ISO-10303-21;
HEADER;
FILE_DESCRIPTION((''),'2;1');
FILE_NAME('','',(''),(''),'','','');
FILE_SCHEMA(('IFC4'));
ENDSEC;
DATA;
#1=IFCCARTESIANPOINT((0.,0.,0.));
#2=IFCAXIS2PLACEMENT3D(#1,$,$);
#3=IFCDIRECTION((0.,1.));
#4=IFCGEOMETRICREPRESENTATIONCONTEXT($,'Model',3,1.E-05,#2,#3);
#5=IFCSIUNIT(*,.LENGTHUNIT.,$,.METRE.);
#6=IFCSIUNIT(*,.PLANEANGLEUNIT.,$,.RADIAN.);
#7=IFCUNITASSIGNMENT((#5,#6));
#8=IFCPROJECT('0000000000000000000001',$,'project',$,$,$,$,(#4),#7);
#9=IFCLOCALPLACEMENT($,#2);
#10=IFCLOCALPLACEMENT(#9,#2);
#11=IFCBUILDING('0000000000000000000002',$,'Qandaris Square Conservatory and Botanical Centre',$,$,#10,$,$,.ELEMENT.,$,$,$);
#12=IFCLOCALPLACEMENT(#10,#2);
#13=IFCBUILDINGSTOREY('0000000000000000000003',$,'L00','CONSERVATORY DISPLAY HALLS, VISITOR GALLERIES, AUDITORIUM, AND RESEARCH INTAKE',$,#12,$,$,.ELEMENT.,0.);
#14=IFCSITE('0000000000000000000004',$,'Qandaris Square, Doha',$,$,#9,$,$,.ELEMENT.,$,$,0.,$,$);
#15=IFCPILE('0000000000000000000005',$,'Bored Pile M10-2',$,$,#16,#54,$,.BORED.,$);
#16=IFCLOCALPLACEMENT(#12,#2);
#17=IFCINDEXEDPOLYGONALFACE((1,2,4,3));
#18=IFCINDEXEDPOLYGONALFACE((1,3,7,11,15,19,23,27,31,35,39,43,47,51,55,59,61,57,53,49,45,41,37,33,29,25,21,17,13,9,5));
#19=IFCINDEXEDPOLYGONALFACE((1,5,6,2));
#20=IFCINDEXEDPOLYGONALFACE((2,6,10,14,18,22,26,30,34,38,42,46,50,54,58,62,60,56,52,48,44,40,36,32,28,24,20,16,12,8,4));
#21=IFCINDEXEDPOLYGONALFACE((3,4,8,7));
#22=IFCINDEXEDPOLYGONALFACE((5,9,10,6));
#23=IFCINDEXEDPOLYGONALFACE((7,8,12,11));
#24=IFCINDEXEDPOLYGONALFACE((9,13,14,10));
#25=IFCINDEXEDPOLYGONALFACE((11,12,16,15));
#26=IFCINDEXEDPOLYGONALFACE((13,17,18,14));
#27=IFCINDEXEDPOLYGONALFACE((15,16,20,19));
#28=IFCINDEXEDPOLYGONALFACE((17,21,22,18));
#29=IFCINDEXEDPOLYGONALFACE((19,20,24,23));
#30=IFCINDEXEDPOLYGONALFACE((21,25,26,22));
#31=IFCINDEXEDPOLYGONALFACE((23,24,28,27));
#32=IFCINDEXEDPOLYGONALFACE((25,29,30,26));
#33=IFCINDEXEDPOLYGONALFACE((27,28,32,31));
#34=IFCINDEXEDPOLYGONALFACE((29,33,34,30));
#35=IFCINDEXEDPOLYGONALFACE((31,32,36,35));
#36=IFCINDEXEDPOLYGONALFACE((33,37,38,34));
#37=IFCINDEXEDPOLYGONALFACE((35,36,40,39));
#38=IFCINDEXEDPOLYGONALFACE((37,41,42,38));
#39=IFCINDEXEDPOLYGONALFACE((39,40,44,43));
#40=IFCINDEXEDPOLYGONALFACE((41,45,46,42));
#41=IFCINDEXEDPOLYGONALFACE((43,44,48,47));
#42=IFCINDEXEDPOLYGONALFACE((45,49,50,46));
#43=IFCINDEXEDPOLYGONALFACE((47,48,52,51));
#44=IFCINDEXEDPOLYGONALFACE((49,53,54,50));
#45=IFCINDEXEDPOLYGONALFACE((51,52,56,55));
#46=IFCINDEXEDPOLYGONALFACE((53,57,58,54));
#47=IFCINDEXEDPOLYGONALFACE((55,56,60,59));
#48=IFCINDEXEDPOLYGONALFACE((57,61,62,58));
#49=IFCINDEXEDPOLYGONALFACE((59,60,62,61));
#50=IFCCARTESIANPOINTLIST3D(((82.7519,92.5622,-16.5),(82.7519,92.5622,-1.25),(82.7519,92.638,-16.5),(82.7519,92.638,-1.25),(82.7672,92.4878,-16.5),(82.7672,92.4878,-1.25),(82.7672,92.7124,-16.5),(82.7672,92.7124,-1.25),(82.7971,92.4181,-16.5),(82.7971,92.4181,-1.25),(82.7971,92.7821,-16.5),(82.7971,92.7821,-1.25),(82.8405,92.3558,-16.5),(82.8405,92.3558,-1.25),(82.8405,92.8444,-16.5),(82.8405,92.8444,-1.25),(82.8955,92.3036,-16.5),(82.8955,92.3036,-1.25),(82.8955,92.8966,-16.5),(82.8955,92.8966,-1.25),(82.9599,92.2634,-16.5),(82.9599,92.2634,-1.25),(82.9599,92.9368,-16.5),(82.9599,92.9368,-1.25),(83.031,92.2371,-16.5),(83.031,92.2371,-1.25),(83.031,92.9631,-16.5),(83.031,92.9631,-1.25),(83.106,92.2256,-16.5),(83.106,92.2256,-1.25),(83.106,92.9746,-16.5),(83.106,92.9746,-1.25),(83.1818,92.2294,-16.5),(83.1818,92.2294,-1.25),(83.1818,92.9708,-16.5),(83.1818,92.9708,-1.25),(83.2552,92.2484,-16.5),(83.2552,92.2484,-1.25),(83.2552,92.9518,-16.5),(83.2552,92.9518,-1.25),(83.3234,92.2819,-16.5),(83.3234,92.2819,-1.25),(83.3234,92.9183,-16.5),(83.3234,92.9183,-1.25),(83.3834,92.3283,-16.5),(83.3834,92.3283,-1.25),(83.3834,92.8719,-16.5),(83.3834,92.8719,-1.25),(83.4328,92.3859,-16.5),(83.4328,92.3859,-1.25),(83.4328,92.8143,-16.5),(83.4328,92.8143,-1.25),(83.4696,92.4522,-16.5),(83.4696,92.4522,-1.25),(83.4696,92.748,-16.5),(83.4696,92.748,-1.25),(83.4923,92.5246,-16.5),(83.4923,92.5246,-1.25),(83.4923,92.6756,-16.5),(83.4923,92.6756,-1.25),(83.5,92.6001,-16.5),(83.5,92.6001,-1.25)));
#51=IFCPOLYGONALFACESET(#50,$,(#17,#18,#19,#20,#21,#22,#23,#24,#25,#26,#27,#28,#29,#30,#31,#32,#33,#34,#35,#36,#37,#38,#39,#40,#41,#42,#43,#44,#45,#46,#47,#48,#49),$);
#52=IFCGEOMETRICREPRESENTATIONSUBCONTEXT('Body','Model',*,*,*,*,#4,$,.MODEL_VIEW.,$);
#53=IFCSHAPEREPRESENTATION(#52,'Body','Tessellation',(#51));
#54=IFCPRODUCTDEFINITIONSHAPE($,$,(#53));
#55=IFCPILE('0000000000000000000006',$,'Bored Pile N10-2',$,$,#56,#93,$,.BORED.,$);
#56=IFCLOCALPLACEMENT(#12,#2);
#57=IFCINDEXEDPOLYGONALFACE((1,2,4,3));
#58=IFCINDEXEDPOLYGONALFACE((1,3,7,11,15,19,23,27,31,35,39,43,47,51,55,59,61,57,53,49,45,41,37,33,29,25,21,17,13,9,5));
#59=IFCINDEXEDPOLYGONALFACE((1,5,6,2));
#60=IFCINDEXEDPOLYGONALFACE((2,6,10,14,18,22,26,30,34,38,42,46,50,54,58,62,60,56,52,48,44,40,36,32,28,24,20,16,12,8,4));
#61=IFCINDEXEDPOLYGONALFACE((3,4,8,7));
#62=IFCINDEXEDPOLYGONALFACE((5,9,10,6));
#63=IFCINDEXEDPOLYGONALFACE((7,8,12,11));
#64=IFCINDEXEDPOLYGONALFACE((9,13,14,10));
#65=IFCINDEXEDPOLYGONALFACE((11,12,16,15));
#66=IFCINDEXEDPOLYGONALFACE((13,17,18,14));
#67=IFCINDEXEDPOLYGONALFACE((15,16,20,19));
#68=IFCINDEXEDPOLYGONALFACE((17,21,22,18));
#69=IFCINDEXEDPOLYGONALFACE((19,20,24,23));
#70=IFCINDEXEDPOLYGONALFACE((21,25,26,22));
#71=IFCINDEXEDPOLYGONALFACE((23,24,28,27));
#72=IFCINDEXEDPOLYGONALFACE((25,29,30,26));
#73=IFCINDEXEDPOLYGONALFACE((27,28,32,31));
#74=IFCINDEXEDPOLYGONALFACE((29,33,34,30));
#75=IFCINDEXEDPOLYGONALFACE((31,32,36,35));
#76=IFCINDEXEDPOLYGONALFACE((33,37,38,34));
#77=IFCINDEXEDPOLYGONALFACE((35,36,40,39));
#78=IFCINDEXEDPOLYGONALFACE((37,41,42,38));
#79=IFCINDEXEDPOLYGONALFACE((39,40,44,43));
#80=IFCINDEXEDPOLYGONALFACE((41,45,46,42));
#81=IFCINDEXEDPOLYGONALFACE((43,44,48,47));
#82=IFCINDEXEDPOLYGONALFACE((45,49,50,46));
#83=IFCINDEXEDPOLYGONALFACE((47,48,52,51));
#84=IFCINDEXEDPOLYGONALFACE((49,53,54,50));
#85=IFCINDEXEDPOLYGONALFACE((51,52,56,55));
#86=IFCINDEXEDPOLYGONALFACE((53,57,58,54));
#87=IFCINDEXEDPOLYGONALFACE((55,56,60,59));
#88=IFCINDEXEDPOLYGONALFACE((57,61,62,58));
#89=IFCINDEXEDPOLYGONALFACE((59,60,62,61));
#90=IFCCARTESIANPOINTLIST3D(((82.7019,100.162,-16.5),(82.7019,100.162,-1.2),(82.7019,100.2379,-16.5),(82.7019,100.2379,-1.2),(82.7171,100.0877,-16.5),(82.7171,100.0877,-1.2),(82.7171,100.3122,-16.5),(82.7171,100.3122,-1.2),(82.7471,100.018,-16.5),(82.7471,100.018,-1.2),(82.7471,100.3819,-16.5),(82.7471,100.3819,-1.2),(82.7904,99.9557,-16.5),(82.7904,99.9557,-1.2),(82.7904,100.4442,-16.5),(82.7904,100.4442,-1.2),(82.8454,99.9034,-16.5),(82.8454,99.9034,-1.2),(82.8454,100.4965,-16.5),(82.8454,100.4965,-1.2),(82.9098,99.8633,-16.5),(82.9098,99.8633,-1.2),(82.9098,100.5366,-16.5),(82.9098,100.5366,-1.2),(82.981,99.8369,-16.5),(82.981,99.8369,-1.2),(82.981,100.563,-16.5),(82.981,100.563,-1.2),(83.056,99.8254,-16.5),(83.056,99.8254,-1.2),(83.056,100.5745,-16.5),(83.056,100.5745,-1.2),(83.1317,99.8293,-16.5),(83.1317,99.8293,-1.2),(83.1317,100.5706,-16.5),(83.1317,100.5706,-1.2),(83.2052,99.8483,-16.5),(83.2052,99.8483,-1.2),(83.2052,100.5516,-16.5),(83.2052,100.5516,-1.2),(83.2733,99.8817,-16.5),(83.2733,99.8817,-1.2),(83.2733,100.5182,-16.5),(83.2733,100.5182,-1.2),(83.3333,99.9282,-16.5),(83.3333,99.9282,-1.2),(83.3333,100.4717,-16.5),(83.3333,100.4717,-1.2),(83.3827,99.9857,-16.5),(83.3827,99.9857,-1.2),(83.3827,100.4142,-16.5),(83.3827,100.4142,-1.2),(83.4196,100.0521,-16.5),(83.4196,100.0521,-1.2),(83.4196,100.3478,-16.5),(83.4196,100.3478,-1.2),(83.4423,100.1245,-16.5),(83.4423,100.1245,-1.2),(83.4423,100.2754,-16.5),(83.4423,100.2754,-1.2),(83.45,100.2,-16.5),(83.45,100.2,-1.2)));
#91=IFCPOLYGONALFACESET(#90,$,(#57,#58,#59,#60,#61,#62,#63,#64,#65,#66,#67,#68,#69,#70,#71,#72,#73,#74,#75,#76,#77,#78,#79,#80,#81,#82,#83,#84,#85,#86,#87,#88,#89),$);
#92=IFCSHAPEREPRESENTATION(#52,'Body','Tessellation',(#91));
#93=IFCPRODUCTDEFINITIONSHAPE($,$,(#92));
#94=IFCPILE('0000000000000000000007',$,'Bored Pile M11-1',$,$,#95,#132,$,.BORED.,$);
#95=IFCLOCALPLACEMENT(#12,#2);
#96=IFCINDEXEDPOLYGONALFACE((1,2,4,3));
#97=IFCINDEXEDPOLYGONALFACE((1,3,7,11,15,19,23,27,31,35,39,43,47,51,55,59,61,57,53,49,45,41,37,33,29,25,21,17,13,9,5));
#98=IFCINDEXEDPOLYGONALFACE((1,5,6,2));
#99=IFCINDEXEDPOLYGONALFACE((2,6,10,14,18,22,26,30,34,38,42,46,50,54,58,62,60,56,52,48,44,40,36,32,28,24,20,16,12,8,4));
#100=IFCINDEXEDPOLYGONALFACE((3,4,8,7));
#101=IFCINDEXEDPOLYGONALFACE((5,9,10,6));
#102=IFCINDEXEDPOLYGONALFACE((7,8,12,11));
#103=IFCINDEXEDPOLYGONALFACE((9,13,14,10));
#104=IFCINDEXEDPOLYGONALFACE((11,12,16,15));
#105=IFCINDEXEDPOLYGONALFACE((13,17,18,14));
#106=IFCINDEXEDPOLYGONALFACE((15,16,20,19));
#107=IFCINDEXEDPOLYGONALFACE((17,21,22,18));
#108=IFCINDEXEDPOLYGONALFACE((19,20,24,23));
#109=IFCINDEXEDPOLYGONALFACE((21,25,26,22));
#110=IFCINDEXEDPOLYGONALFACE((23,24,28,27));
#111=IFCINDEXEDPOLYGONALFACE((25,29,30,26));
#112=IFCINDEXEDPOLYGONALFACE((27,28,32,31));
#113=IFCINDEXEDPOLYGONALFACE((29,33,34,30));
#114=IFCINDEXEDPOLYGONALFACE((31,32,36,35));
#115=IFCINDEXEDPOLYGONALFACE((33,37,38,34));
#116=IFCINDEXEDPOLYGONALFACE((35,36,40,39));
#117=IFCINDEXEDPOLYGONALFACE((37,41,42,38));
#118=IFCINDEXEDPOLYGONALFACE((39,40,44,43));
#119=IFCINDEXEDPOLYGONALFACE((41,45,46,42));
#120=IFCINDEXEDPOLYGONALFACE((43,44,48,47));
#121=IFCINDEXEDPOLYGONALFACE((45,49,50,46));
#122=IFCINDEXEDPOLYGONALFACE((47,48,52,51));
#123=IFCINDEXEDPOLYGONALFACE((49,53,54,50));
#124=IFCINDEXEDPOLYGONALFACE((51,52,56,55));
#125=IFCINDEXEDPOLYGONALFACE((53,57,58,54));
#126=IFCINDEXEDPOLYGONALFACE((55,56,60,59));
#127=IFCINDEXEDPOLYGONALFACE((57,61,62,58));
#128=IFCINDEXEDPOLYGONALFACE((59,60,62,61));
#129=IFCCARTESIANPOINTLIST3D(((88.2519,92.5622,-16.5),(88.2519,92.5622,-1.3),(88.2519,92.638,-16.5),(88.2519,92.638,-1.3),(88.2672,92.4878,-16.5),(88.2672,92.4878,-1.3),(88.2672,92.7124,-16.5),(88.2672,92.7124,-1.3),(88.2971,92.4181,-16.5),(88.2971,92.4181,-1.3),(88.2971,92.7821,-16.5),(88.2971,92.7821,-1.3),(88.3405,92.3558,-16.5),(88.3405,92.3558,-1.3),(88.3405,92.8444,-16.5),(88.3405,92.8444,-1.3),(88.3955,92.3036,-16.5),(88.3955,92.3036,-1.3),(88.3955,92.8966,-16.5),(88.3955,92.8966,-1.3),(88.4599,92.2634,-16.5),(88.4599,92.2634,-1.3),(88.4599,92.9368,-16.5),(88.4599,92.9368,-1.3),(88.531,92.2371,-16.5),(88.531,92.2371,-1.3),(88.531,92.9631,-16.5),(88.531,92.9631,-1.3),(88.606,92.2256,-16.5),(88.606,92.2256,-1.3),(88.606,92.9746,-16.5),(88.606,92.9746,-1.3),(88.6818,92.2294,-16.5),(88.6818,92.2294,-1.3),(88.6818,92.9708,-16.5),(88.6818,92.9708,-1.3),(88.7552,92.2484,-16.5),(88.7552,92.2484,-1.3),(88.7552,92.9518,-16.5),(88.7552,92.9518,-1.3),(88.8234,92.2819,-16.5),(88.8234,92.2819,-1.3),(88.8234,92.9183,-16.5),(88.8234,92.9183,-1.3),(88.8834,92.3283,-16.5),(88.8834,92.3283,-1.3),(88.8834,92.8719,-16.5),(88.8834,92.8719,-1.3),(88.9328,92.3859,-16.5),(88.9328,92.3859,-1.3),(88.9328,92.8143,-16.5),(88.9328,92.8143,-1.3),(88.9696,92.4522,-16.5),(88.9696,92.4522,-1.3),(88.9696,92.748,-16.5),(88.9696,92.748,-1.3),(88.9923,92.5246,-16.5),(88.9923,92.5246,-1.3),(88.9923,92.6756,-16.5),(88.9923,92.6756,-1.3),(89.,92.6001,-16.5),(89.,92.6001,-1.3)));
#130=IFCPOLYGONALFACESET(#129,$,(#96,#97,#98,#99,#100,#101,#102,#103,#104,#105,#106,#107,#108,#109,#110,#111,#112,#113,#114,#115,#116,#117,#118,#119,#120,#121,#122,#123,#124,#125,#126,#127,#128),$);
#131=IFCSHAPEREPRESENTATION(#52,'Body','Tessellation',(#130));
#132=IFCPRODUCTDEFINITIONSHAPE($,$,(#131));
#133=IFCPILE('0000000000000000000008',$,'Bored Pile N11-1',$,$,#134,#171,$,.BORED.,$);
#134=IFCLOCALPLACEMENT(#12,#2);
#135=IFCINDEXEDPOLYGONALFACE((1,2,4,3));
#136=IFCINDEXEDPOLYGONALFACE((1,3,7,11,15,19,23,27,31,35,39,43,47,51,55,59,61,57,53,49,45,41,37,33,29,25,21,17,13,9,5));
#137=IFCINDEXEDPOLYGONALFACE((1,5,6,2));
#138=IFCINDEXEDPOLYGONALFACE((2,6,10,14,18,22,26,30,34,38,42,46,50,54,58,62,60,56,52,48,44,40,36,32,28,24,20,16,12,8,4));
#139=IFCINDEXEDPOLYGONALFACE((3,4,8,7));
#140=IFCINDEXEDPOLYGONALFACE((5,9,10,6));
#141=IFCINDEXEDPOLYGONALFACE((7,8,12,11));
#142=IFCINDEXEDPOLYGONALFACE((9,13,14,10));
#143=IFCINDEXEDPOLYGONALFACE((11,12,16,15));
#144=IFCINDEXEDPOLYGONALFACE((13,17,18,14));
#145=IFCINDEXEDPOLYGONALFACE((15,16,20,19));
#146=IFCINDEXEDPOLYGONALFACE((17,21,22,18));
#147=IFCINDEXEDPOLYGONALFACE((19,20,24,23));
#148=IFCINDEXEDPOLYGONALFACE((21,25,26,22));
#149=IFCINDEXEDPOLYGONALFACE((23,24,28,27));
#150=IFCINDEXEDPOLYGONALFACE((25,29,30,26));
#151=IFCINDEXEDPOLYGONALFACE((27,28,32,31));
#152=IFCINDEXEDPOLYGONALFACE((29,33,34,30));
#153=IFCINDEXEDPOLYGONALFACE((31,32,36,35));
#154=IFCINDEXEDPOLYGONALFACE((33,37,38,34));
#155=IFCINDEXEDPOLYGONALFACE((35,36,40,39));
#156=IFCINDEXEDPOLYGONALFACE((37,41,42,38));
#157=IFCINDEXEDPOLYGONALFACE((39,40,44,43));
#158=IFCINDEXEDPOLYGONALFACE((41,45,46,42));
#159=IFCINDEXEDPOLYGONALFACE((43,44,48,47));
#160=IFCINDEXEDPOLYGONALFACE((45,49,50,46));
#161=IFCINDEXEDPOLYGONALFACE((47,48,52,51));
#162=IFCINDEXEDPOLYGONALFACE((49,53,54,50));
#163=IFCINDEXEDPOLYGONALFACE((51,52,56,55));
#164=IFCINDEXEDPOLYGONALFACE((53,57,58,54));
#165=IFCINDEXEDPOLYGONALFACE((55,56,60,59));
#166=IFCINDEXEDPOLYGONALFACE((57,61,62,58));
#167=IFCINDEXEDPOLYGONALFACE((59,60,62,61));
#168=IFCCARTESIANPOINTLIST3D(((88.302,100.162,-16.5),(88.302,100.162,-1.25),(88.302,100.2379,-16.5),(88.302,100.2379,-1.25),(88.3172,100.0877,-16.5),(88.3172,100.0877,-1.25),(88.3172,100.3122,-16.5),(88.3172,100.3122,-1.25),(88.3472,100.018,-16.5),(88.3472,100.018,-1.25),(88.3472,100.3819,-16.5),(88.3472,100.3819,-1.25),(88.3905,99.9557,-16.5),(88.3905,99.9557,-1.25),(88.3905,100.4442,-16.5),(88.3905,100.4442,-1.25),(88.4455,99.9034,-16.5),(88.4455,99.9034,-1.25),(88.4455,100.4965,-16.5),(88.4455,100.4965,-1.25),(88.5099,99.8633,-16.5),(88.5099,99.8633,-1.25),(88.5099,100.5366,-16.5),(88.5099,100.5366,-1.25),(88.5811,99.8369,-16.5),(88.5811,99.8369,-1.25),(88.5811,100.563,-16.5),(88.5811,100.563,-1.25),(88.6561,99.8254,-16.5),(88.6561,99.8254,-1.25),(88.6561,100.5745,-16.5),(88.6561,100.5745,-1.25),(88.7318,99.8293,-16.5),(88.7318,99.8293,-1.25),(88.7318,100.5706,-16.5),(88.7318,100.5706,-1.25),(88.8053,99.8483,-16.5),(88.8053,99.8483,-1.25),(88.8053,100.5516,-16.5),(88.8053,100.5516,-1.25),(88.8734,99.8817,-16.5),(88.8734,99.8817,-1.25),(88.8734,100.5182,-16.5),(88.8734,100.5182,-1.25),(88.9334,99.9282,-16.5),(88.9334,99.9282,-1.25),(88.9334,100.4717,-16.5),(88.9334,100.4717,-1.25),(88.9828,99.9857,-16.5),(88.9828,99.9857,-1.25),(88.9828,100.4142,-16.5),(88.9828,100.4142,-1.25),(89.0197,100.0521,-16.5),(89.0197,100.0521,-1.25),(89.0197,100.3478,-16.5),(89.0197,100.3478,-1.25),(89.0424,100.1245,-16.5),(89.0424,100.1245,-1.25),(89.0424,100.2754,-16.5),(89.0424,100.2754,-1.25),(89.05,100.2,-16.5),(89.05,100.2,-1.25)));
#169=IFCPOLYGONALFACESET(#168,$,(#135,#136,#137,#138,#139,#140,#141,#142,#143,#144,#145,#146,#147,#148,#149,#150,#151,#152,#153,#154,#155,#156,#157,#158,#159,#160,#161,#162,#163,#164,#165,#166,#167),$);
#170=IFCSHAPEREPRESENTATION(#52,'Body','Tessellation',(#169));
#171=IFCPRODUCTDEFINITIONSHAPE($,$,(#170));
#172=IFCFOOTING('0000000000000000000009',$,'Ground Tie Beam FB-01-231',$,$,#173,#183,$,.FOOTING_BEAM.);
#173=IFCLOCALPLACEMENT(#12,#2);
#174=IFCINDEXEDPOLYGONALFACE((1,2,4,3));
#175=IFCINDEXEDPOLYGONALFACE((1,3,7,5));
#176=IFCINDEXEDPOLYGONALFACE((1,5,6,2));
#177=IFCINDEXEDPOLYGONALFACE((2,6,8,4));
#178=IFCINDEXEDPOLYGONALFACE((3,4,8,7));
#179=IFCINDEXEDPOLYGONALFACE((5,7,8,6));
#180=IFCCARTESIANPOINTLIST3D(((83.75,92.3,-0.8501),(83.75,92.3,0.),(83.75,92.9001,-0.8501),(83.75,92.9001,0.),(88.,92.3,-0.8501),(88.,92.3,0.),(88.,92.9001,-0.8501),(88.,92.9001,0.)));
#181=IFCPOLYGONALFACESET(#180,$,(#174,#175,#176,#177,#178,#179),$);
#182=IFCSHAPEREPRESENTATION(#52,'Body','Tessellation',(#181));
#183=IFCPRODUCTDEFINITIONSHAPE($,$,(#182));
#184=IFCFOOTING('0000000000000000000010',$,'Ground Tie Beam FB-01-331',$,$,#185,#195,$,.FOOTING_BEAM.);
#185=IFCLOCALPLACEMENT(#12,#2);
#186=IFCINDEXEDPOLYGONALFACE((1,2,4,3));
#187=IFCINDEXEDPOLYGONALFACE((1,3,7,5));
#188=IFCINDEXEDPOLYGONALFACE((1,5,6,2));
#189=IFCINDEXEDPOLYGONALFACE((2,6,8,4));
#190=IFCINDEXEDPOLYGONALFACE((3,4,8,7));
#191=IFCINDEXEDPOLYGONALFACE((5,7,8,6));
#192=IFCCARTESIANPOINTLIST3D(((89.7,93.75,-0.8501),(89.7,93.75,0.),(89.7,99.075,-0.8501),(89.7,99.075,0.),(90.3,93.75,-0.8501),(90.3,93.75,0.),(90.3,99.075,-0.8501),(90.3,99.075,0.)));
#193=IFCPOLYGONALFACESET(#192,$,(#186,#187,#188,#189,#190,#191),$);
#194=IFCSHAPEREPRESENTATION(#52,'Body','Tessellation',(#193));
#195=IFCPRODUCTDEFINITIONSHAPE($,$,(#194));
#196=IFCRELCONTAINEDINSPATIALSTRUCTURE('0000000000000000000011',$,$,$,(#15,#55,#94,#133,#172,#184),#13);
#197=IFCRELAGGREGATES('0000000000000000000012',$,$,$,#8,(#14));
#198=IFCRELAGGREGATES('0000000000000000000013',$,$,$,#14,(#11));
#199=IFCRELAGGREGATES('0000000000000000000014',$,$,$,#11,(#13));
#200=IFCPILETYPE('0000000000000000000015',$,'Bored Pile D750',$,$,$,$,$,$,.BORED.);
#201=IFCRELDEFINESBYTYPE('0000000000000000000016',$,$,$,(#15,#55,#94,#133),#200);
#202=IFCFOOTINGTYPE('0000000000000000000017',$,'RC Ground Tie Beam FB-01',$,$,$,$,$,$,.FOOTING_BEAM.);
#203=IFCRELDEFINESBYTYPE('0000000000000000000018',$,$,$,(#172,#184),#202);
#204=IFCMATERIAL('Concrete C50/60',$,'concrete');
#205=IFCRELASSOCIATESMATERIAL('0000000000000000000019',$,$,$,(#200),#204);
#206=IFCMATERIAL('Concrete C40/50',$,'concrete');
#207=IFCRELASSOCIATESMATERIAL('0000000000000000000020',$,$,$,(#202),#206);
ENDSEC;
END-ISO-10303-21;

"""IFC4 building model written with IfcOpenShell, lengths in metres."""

from ifc_helpers import new_model, si_unit, direction, frame, origin, origin_2d, place, context, subcontext, project, spatial, rectangle, circle, extrude, material, material_profile, profile_set, type_object, element, save


model = new_model("IFC4")

# Units and contexts
model_context = context("Model", 3, precision=1e-05, world=origin(), true_north=direction((0.0, 1.0)))
body_context = subcontext(model_context, "Body", "Model", "MODEL_VIEW")
ifc_project = project(units=[si_unit("LENGTHUNIT", "METRE"), si_unit("PLANEANGLEUNIT", "RADIAN")], contexts=[model_context])

# Site, building, storey
site_placement = place(None, origin())
site = spatial("IfcSite", under=ifc_project, at=site_placement, Name="Qandaris Square, Doha", CompositionType="ELEMENT", RefElevation=0.0)
building_placement = place(site_placement, origin())
building = spatial("IfcBuilding", under=site, at=building_placement, Name="Qandaris Square Conservatory and Botanical Centre", CompositionType="ELEMENT")
storey_placement = place(building_placement, origin())
storey = spatial("IfcBuildingStorey", under=building, at=storey_placement, Name="L00", Description="CONSERVATORY DISPLAY HALLS, VISITOR GALLERIES, AUDITORIUM, AND RESEARCH INTAKE", CompositionType="ELEMENT", Elevation=0.0)

# Piles
ifc_material_1 = material(Name="Concrete C50/60", Category="concrete")
ifc_material_profile_1 = material_profile(ifc_material_1, circle(Radius=0.375, at=origin_2d()), Name="PILE D750")
ifc_profile_set_1 = profile_set([ifc_material_profile_1], Name="Concrete C50/60")
pile_type = type_object("IfcPileType", Name="Bored Pile D750", PredefinedType="BORED", material=ifc_profile_set_1)
pile_1_placement = place(storey_placement, frame((83.125, 92.6001, -1.25), z_axis=(0.0, 0.0, -1.0), x_axis=(1.0, 0.0, 0.0)))
element("IfcPile", 1, at=pile_1_placement, inside=storey, type_object=pile_type, Name="Bored Pile M10-2", PredefinedType="BORED", context=body_context, shape_type="SweptSolid", body=[
    extrude(circle(Radius=0.375, at=origin_2d()), origin(), (0.0, 0.0, 1.0), 15.25),
])
pile_2_placement = place(storey_placement, frame((83.075, 100.2, -1.2), z_axis=(0.0, 0.0, -1.0), x_axis=(1.0, 0.0, 0.0)))
element("IfcPile", 2, at=pile_2_placement, inside=storey, type_object=pile_type, Name="Bored Pile N10-2", PredefinedType="BORED", context=body_context, shape_type="SweptSolid", body=[
    extrude(circle(Radius=0.375, at=origin_2d()), origin(), (0.0, 0.0, 1.0), 15.3),
])
pile_3_placement = place(storey_placement, frame((88.625, 92.6001, -1.3), z_axis=(0.0, 0.0, -1.0), x_axis=(1.0, 0.0, 0.0)))
element("IfcPile", 3, at=pile_3_placement, inside=storey, type_object=pile_type, Name="Bored Pile M11-1", PredefinedType="BORED", context=body_context, shape_type="SweptSolid", body=[
    extrude(circle(Radius=0.375, at=origin_2d()), origin(), (0.0, 0.0, 1.0), 15.2),
])
pile_4_placement = place(storey_placement, frame((88.675, 100.2, -1.25), z_axis=(0.0, 0.0, -1.0), x_axis=(1.0, 0.0, 0.0)))
element("IfcPile", 4, at=pile_4_placement, inside=storey, type_object=pile_type, Name="Bored Pile N11-1", PredefinedType="BORED", context=body_context, shape_type="SweptSolid", body=[
    extrude(circle(Radius=0.375, at=origin_2d()), origin(), (0.0, 0.0, 1.0), 15.25),
])

# Footings
ifc_material_2 = material(Name="Concrete C40/50", Category="concrete")
ifc_material_profile_2 = material_profile(ifc_material_2, rectangle(XDim=0.6001, YDim=0.8501, at=origin_2d()), Name="FB 600x850")
ifc_profile_set_2 = profile_set([ifc_material_profile_2], Name="Concrete C40/50")
footing_type_1 = type_object("IfcFootingType", Name="RC Ground Tie Beam FB-01", PredefinedType="FOOTING_BEAM", material=ifc_profile_set_2)
footing_1_placement = place(storey_placement, frame((83.75, 92.6001, -0.425), z_axis=(1.0, 0.0, 0.0), x_axis=(0.0, 1.0, 0.0)))
element("IfcFooting", 5, at=footing_1_placement, inside=storey, type_object=footing_type_1, Name="Ground Tie Beam FB-01-231", PredefinedType="FOOTING_BEAM", context=body_context, shape_type="SweptSolid", body=[
    extrude(rectangle(XDim=0.6001, YDim=0.8501, at=origin_2d()), origin(), (0.0, 0.0, 1.0), 4.25),
])
footing_2_placement = place(storey_placement, frame((90.0, 93.75, -0.425), z_axis=(0.0, 1.0, 0.0), x_axis=(-1.0, 0.0, 0.0)))
element("IfcFooting", 6, at=footing_2_placement, inside=storey, type_object=footing_type_1, Name="Ground Tie Beam FB-01-331", PredefinedType="FOOTING_BEAM", context=body_context, shape_type="SweptSolid", body=[
    extrude(rectangle(XDim=0.6001, YDim=0.8501, at=origin_2d()), origin(), (0.0, 0.0, 1.0), 5.325),
])

save(model, "model.ifc")
